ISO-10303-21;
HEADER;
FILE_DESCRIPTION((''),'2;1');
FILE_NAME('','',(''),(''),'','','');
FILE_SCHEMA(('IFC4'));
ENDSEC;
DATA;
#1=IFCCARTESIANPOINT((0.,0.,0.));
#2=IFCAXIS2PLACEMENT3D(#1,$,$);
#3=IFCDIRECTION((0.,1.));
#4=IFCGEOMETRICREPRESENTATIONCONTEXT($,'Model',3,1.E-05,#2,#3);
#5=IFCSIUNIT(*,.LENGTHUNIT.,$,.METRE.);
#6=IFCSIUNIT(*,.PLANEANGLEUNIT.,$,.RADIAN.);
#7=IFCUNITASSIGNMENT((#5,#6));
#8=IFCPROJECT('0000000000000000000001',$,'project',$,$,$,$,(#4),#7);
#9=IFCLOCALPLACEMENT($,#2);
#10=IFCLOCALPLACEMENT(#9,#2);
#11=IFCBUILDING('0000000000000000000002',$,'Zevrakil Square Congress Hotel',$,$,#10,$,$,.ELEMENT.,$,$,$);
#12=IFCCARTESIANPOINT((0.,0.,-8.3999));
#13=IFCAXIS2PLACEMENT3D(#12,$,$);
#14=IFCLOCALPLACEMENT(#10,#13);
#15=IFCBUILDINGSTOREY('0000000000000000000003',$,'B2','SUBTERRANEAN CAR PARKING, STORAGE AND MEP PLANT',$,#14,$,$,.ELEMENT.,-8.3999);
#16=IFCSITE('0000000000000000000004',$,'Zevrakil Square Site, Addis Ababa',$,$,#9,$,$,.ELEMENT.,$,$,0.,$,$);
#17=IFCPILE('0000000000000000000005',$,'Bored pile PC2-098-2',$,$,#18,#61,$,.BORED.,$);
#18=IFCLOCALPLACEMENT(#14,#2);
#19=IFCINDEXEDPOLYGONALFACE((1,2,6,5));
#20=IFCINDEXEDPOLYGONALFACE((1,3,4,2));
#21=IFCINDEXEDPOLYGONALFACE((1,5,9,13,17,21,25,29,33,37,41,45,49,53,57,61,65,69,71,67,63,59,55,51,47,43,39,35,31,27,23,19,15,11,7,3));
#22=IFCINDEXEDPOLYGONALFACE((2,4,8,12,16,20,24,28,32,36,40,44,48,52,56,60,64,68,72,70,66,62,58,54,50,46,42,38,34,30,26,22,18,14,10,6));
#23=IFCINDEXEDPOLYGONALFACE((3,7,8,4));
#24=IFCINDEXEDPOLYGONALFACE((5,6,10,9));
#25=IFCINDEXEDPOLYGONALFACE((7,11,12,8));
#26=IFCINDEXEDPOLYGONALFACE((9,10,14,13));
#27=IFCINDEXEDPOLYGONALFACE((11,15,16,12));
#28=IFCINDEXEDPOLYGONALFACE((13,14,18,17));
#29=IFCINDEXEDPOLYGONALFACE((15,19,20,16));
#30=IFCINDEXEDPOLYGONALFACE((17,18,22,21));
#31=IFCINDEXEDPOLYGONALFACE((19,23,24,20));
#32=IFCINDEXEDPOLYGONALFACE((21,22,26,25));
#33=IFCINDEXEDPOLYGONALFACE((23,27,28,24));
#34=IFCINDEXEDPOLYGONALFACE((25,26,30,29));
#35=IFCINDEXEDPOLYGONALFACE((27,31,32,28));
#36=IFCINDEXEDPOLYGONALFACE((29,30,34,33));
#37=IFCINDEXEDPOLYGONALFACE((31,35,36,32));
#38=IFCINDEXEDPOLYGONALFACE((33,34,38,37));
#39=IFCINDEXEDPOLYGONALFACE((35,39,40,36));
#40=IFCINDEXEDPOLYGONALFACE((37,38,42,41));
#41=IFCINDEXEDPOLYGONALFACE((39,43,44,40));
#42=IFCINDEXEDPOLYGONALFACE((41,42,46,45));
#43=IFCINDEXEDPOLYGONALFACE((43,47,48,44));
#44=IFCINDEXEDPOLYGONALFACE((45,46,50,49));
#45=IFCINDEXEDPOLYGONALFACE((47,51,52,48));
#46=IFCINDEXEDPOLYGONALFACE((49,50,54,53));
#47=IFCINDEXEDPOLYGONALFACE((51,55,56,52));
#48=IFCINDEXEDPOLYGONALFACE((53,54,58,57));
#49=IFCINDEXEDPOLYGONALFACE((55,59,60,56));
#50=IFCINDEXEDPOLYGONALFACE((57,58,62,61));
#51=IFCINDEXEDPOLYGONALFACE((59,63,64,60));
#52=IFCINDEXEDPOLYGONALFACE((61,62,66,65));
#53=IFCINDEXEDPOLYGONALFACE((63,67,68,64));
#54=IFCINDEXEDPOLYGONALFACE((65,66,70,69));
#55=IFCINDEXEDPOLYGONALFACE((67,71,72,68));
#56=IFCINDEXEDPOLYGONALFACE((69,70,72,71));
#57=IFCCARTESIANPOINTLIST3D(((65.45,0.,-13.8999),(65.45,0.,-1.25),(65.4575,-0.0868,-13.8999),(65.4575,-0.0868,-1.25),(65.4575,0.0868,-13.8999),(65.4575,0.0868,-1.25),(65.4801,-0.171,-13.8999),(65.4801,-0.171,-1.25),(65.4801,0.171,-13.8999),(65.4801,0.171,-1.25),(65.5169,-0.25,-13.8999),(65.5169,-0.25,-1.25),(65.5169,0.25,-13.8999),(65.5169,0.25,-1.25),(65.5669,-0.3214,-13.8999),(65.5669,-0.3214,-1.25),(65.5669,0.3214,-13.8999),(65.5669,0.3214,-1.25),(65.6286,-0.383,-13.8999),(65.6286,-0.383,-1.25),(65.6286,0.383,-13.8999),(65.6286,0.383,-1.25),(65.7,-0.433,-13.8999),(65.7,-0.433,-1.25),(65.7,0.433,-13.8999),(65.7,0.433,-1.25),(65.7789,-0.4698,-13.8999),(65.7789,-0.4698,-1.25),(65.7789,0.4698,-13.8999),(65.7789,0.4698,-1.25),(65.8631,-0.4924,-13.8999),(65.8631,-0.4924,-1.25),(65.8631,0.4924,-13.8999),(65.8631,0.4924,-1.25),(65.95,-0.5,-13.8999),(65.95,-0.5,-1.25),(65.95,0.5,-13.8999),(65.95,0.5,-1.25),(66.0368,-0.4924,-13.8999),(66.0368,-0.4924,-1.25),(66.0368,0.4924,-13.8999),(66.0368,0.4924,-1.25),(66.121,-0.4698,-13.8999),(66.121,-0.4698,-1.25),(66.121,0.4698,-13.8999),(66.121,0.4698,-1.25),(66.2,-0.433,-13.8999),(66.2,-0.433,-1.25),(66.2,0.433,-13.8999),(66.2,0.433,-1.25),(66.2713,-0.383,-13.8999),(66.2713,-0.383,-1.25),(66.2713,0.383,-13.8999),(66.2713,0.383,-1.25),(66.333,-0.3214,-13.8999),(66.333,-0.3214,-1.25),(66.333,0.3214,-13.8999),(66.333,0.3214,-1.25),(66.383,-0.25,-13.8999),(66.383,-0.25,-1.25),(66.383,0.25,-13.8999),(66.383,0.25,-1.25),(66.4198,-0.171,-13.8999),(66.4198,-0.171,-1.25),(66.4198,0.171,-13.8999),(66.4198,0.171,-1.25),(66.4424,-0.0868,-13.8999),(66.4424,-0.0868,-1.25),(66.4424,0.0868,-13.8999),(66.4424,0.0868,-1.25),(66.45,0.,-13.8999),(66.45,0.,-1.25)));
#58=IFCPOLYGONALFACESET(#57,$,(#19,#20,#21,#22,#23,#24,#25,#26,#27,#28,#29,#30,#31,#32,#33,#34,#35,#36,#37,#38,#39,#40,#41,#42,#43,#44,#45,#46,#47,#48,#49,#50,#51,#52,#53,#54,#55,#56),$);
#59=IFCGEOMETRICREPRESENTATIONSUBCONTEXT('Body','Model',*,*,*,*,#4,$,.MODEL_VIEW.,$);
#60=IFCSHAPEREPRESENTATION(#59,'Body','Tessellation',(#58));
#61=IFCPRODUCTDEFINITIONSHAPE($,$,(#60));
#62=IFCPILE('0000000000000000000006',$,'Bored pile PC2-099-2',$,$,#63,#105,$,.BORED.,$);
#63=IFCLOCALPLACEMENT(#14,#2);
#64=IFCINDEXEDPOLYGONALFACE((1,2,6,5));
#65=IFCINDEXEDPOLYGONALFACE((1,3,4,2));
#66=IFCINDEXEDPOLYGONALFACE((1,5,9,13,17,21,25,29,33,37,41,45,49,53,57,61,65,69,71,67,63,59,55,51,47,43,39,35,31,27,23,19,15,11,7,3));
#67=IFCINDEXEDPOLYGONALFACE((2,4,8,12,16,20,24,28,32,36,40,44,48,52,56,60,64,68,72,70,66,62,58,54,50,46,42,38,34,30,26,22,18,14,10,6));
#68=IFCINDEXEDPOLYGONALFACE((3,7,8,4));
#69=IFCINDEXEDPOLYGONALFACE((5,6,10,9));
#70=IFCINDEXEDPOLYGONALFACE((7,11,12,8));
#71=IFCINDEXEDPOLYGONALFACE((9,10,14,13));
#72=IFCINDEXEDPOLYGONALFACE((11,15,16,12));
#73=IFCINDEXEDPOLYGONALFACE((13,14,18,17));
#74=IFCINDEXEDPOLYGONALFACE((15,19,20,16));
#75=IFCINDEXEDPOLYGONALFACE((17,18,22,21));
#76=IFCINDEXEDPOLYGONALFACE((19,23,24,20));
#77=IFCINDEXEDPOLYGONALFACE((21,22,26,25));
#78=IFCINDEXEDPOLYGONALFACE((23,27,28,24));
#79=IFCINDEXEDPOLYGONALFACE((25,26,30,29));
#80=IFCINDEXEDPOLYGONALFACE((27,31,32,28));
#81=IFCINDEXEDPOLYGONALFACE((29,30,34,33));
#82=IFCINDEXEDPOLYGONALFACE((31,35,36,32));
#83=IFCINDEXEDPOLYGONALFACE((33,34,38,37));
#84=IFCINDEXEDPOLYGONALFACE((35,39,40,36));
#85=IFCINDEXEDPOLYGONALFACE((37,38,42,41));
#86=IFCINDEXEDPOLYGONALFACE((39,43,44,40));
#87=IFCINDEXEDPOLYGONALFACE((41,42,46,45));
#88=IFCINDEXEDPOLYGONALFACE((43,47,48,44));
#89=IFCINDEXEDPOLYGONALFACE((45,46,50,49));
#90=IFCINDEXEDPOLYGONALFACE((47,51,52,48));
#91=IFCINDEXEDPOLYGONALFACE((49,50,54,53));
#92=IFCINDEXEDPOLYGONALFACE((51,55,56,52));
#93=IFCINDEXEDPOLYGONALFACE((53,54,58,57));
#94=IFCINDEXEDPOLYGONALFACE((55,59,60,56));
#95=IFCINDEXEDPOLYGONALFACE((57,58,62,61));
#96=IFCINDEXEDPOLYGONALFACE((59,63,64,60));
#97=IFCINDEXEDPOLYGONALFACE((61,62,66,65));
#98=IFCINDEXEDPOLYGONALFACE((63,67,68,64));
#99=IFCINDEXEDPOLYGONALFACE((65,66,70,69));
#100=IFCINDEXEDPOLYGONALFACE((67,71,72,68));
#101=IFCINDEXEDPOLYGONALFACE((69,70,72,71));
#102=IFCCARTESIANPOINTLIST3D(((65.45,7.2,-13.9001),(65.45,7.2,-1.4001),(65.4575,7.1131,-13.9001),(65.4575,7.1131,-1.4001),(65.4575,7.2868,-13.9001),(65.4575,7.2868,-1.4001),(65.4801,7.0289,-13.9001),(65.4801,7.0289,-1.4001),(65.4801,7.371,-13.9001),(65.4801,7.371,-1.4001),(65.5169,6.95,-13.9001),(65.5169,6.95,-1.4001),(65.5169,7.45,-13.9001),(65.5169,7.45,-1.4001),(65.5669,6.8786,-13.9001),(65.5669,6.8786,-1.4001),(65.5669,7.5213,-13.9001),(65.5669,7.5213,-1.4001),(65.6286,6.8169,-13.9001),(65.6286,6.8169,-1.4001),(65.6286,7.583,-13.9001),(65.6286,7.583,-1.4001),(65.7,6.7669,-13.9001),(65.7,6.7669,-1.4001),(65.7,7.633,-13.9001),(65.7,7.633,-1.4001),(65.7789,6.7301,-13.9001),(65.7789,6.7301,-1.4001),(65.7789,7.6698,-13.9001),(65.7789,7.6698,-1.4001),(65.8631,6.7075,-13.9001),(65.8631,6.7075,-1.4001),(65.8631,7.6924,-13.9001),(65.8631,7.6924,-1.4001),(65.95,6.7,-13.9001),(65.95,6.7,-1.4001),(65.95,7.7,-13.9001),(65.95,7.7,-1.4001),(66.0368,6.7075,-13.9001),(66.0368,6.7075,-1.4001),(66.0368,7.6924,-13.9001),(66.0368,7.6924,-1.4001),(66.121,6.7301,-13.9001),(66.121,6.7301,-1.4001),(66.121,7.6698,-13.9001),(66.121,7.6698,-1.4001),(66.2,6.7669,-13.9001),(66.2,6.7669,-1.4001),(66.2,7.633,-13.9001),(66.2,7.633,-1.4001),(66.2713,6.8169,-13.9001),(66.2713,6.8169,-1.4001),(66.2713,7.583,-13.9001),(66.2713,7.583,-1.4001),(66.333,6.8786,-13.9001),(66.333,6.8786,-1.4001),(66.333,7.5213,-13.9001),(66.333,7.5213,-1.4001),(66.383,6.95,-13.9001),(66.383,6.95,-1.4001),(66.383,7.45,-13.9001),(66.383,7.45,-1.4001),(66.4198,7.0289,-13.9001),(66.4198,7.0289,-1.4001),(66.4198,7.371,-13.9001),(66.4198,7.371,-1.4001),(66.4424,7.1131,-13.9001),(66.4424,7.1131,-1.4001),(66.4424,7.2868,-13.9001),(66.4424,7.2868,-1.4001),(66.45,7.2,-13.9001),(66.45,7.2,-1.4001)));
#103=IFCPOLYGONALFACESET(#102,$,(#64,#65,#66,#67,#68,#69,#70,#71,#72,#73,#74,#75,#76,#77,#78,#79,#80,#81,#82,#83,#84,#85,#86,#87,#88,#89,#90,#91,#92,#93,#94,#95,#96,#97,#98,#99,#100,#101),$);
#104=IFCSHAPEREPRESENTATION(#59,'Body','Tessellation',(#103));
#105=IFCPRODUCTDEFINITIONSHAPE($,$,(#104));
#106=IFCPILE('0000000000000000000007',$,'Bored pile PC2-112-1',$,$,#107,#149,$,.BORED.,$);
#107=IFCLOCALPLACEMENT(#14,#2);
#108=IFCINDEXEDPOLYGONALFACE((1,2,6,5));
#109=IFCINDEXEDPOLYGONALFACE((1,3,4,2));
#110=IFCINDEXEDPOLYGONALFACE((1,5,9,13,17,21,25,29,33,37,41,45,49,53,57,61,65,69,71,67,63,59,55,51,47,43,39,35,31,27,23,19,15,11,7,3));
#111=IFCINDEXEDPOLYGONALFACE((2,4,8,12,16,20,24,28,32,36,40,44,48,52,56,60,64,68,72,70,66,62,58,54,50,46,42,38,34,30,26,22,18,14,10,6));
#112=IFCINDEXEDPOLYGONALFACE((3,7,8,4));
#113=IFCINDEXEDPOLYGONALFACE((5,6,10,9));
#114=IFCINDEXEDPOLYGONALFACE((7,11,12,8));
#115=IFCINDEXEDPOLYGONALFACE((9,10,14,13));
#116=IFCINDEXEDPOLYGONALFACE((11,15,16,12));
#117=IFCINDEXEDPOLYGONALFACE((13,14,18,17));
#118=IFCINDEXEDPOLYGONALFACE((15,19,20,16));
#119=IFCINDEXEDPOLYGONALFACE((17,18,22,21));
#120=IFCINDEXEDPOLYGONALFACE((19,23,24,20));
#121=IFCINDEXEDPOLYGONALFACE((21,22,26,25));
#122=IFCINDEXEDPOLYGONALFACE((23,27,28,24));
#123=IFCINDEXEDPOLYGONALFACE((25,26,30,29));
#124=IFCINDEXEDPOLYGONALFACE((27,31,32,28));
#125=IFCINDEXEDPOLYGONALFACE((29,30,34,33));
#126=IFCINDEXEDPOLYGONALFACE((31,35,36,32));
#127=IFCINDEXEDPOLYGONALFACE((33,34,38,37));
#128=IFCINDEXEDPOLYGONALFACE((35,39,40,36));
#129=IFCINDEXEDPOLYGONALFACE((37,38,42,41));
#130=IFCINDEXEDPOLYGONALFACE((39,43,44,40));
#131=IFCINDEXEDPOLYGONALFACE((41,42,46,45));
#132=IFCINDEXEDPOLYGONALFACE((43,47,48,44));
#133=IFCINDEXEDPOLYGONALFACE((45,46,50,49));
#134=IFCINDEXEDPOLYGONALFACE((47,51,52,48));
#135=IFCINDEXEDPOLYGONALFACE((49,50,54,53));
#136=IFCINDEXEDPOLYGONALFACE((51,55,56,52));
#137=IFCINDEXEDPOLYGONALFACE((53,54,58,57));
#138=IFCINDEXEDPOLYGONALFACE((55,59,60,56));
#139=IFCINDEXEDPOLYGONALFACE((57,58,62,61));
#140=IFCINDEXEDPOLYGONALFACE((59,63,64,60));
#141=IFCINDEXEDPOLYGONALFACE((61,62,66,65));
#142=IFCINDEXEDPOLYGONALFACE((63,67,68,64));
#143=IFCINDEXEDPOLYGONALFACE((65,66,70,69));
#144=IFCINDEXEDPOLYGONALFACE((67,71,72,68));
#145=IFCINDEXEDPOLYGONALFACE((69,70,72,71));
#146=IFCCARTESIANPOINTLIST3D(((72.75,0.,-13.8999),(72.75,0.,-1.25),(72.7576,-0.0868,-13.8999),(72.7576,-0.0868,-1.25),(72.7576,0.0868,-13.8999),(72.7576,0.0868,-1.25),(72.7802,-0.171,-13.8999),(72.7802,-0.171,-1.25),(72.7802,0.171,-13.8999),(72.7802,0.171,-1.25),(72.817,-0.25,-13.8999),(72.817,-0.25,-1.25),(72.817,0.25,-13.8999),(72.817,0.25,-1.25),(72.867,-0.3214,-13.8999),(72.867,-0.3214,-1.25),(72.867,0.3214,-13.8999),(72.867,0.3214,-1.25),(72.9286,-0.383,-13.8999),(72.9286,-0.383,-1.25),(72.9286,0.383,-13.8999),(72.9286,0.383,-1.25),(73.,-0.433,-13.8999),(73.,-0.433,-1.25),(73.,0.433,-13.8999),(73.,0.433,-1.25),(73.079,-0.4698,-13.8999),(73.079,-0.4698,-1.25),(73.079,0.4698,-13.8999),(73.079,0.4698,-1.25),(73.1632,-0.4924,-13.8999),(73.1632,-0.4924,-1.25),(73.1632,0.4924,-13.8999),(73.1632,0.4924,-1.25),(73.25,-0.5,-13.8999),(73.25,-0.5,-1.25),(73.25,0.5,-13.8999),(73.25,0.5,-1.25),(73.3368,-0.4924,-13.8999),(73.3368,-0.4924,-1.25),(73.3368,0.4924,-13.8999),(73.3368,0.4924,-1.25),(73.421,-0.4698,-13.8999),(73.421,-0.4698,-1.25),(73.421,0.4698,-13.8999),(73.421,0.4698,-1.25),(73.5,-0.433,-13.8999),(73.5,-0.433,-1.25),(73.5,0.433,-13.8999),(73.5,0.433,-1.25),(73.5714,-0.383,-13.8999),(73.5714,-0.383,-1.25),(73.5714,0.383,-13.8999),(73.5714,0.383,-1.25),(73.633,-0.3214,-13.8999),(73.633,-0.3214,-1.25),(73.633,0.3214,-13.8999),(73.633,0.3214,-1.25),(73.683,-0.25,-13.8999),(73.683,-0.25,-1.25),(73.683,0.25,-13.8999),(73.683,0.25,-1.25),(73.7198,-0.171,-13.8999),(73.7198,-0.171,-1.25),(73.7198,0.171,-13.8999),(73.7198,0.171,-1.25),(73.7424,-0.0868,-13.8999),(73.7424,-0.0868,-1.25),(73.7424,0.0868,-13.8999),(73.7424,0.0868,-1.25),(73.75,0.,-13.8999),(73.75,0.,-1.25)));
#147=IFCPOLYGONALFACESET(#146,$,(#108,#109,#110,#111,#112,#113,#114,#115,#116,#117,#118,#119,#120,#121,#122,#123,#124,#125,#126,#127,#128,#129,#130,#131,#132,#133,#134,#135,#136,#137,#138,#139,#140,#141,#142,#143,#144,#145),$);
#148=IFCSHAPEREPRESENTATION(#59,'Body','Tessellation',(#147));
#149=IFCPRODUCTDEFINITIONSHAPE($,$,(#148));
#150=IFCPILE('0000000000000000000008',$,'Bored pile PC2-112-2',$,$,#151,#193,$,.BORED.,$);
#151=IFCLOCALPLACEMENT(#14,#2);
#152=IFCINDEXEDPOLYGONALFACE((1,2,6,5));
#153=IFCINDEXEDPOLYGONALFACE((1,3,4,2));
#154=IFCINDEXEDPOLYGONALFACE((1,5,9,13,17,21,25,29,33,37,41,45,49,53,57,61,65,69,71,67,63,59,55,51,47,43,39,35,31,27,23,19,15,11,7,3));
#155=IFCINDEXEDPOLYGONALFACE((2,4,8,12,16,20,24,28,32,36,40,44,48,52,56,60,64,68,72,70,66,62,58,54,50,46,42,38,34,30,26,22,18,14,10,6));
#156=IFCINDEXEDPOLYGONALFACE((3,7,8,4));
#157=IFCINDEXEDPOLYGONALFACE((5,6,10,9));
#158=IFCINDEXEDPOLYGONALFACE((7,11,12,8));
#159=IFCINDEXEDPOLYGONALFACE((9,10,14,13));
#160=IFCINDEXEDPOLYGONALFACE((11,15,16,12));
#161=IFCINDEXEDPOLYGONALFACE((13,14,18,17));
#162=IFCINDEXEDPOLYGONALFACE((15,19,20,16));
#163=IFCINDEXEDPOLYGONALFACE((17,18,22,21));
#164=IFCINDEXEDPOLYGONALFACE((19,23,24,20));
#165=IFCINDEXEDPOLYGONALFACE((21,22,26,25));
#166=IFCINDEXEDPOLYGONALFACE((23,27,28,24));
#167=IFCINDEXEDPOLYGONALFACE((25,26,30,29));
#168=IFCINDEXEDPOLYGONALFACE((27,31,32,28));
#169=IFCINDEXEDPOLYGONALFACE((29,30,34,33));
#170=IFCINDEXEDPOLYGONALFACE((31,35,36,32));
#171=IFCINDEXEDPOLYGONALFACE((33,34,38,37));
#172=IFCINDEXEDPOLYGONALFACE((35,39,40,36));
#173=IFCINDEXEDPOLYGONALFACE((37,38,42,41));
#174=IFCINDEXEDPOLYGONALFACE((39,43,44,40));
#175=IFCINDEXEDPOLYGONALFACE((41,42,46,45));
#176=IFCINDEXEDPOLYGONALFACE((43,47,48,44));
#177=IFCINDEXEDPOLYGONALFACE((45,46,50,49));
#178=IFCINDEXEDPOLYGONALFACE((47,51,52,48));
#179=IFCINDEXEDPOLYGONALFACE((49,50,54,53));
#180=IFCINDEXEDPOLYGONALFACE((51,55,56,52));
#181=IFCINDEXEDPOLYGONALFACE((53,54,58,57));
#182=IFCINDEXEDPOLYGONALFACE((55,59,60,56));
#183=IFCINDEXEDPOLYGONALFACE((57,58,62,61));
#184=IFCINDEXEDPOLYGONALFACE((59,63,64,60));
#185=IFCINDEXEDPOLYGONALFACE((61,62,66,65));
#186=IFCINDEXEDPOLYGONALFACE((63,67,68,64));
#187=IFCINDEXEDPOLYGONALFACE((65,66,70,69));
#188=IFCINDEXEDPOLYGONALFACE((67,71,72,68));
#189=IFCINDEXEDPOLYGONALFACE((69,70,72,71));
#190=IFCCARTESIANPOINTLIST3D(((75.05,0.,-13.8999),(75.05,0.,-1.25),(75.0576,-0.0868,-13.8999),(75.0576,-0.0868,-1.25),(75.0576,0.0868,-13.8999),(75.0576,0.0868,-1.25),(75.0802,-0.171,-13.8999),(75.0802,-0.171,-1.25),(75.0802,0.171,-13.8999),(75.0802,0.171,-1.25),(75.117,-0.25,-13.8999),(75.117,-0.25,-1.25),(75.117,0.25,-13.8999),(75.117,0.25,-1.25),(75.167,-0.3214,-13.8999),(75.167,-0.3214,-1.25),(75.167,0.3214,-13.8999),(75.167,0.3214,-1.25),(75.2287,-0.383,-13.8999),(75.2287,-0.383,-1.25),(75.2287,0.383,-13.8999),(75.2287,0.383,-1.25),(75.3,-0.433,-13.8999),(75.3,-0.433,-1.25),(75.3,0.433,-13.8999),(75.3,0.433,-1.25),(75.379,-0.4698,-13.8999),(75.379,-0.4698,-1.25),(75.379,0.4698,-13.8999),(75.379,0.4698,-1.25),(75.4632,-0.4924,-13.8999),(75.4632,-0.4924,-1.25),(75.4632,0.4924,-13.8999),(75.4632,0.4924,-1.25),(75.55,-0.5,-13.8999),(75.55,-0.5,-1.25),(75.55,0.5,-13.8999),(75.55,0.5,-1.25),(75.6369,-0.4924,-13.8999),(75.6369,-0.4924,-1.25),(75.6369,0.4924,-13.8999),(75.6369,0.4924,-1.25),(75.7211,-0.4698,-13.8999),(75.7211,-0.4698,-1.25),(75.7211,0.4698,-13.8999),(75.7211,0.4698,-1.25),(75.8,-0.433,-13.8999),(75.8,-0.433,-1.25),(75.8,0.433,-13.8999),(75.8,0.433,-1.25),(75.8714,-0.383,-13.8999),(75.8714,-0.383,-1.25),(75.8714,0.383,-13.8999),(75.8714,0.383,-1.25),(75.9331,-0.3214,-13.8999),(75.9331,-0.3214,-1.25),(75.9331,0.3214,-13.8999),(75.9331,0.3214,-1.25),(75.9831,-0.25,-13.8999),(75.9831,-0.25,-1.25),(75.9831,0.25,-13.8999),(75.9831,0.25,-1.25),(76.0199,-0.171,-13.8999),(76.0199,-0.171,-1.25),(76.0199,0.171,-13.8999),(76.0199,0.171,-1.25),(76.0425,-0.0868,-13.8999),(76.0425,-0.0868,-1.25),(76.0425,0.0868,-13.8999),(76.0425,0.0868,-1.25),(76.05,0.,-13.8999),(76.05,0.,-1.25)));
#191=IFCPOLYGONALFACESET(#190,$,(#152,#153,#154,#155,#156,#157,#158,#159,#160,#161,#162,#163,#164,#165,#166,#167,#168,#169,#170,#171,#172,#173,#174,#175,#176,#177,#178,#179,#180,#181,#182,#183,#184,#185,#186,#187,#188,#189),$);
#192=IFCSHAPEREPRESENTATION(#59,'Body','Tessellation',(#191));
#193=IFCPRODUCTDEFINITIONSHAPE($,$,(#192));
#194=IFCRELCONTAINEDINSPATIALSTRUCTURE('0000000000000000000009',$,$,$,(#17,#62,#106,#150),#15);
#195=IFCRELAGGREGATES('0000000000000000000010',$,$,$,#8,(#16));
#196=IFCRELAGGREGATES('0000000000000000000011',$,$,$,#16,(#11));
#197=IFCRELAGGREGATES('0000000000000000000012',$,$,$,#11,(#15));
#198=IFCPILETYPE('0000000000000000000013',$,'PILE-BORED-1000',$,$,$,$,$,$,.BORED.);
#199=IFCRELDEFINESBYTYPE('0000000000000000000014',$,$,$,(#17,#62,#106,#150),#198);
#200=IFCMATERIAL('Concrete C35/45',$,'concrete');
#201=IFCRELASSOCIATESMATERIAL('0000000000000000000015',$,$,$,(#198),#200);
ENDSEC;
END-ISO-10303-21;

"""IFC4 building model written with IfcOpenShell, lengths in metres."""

from ifc_helpers import new_model, si_unit, direction, frame, origin, origin_2d, place, context, subcontext, project, spatial, circle, extrude, material, material_profile, profile_set, type_object, element, save


model = new_model("IFC4")

# Units and contexts
model_context = context("Model", 3, precision=1e-05, world=origin(), true_north=direction((0.0, 1.0)))
body_context = subcontext(model_context, "Body", "Model", "MODEL_VIEW")
ifc_project = project(units=[si_unit("LENGTHUNIT", "METRE"), si_unit("PLANEANGLEUNIT", "RADIAN")], contexts=[model_context])

# Site, building, storey
site_placement = place(None, origin())
site = spatial("IfcSite", under=ifc_project, at=site_placement, Name="Zevrakil Square Site, Addis Ababa", CompositionType="ELEMENT", RefElevation=0.0)
building_placement = place(site_placement, origin())
building = spatial("IfcBuilding", under=site, at=building_placement, Name="Zevrakil Square Congress Hotel", CompositionType="ELEMENT")
storey_placement = place(building_placement, frame((0.0, 0.0, -8.3999)))
storey = spatial("IfcBuildingStorey", under=building, at=storey_placement, Name="B2", Description="SUBTERRANEAN CAR PARKING, STORAGE AND MEP PLANT", CompositionType="ELEMENT", Elevation=-8.3999)

# Piles
ifc_material_1 = material(Name="Concrete C35/45", Category="concrete")
ifc_material_profile_1 = material_profile(ifc_material_1, circle(Radius=0.5, at=origin_2d()), Name="PILE D1000")
ifc_profile_set_1 = profile_set([ifc_material_profile_1], Name="Concrete C35/45")
pile_type = type_object("IfcPileType", Name="PILE-BORED-1000", PredefinedType="BORED", material=ifc_profile_set_1)
pile_1_placement = place(storey_placement, frame((65.95, 0.0, -1.25), z_axis=(0.0, 0.0, -1.0), x_axis=(1.0, 0.0, 0.0)))
element("IfcPile", 1, at=pile_1_placement, inside=storey, type_object=pile_type, Name="Bored pile PC2-098-2", PredefinedType="BORED", context=body_context, shape_type="SweptSolid", body=[
    extrude(circle(Radius=0.5, at=origin_2d()), origin(), (0.0, 0.0, 1.0), 12.6499),
])
pile_2_placement = place(storey_placement, frame((65.95, 7.2, -1.4001), z_axis=(0.0, 0.0, -1.0), x_axis=(1.0, 0.0, 0.0)))
element("IfcPile", 2, at=pile_2_placement, inside=storey, type_object=pile_type, Name="Bored pile PC2-099-2", PredefinedType="BORED", context=body_context, shape_type="SweptSolid", body=[
    extrude(circle(Radius=0.5, at=origin_2d()), origin(), (0.0, 0.0, 1.0), 12.5),
])
for number, where, z_axis, x_axis, name in (
    (3, (73.25, 0.0, -1.25), (0.0, 0.0, -1.0), (1.0, 0.0, 0.0), "Bored pile PC2-112-1"),
    (4, (75.55, 0.0, -1.25), (0.0, 0.0, -1.0), (1.0, 0.0, 0.0), "Bored pile PC2-112-2"),
):
    element("IfcPile", number, at=place(storey_placement, frame(where, z_axis=z_axis, x_axis=x_axis)), inside=storey, type_object=pile_type, Name=name, PredefinedType="BORED", context=body_context, shape_type="SweptSolid", body=[
        extrude(circle(Radius=0.5, at=origin_2d()), origin(), (0.0, 0.0, 1.0), 12.6499),
    ])

save(model, "model.ifc")
